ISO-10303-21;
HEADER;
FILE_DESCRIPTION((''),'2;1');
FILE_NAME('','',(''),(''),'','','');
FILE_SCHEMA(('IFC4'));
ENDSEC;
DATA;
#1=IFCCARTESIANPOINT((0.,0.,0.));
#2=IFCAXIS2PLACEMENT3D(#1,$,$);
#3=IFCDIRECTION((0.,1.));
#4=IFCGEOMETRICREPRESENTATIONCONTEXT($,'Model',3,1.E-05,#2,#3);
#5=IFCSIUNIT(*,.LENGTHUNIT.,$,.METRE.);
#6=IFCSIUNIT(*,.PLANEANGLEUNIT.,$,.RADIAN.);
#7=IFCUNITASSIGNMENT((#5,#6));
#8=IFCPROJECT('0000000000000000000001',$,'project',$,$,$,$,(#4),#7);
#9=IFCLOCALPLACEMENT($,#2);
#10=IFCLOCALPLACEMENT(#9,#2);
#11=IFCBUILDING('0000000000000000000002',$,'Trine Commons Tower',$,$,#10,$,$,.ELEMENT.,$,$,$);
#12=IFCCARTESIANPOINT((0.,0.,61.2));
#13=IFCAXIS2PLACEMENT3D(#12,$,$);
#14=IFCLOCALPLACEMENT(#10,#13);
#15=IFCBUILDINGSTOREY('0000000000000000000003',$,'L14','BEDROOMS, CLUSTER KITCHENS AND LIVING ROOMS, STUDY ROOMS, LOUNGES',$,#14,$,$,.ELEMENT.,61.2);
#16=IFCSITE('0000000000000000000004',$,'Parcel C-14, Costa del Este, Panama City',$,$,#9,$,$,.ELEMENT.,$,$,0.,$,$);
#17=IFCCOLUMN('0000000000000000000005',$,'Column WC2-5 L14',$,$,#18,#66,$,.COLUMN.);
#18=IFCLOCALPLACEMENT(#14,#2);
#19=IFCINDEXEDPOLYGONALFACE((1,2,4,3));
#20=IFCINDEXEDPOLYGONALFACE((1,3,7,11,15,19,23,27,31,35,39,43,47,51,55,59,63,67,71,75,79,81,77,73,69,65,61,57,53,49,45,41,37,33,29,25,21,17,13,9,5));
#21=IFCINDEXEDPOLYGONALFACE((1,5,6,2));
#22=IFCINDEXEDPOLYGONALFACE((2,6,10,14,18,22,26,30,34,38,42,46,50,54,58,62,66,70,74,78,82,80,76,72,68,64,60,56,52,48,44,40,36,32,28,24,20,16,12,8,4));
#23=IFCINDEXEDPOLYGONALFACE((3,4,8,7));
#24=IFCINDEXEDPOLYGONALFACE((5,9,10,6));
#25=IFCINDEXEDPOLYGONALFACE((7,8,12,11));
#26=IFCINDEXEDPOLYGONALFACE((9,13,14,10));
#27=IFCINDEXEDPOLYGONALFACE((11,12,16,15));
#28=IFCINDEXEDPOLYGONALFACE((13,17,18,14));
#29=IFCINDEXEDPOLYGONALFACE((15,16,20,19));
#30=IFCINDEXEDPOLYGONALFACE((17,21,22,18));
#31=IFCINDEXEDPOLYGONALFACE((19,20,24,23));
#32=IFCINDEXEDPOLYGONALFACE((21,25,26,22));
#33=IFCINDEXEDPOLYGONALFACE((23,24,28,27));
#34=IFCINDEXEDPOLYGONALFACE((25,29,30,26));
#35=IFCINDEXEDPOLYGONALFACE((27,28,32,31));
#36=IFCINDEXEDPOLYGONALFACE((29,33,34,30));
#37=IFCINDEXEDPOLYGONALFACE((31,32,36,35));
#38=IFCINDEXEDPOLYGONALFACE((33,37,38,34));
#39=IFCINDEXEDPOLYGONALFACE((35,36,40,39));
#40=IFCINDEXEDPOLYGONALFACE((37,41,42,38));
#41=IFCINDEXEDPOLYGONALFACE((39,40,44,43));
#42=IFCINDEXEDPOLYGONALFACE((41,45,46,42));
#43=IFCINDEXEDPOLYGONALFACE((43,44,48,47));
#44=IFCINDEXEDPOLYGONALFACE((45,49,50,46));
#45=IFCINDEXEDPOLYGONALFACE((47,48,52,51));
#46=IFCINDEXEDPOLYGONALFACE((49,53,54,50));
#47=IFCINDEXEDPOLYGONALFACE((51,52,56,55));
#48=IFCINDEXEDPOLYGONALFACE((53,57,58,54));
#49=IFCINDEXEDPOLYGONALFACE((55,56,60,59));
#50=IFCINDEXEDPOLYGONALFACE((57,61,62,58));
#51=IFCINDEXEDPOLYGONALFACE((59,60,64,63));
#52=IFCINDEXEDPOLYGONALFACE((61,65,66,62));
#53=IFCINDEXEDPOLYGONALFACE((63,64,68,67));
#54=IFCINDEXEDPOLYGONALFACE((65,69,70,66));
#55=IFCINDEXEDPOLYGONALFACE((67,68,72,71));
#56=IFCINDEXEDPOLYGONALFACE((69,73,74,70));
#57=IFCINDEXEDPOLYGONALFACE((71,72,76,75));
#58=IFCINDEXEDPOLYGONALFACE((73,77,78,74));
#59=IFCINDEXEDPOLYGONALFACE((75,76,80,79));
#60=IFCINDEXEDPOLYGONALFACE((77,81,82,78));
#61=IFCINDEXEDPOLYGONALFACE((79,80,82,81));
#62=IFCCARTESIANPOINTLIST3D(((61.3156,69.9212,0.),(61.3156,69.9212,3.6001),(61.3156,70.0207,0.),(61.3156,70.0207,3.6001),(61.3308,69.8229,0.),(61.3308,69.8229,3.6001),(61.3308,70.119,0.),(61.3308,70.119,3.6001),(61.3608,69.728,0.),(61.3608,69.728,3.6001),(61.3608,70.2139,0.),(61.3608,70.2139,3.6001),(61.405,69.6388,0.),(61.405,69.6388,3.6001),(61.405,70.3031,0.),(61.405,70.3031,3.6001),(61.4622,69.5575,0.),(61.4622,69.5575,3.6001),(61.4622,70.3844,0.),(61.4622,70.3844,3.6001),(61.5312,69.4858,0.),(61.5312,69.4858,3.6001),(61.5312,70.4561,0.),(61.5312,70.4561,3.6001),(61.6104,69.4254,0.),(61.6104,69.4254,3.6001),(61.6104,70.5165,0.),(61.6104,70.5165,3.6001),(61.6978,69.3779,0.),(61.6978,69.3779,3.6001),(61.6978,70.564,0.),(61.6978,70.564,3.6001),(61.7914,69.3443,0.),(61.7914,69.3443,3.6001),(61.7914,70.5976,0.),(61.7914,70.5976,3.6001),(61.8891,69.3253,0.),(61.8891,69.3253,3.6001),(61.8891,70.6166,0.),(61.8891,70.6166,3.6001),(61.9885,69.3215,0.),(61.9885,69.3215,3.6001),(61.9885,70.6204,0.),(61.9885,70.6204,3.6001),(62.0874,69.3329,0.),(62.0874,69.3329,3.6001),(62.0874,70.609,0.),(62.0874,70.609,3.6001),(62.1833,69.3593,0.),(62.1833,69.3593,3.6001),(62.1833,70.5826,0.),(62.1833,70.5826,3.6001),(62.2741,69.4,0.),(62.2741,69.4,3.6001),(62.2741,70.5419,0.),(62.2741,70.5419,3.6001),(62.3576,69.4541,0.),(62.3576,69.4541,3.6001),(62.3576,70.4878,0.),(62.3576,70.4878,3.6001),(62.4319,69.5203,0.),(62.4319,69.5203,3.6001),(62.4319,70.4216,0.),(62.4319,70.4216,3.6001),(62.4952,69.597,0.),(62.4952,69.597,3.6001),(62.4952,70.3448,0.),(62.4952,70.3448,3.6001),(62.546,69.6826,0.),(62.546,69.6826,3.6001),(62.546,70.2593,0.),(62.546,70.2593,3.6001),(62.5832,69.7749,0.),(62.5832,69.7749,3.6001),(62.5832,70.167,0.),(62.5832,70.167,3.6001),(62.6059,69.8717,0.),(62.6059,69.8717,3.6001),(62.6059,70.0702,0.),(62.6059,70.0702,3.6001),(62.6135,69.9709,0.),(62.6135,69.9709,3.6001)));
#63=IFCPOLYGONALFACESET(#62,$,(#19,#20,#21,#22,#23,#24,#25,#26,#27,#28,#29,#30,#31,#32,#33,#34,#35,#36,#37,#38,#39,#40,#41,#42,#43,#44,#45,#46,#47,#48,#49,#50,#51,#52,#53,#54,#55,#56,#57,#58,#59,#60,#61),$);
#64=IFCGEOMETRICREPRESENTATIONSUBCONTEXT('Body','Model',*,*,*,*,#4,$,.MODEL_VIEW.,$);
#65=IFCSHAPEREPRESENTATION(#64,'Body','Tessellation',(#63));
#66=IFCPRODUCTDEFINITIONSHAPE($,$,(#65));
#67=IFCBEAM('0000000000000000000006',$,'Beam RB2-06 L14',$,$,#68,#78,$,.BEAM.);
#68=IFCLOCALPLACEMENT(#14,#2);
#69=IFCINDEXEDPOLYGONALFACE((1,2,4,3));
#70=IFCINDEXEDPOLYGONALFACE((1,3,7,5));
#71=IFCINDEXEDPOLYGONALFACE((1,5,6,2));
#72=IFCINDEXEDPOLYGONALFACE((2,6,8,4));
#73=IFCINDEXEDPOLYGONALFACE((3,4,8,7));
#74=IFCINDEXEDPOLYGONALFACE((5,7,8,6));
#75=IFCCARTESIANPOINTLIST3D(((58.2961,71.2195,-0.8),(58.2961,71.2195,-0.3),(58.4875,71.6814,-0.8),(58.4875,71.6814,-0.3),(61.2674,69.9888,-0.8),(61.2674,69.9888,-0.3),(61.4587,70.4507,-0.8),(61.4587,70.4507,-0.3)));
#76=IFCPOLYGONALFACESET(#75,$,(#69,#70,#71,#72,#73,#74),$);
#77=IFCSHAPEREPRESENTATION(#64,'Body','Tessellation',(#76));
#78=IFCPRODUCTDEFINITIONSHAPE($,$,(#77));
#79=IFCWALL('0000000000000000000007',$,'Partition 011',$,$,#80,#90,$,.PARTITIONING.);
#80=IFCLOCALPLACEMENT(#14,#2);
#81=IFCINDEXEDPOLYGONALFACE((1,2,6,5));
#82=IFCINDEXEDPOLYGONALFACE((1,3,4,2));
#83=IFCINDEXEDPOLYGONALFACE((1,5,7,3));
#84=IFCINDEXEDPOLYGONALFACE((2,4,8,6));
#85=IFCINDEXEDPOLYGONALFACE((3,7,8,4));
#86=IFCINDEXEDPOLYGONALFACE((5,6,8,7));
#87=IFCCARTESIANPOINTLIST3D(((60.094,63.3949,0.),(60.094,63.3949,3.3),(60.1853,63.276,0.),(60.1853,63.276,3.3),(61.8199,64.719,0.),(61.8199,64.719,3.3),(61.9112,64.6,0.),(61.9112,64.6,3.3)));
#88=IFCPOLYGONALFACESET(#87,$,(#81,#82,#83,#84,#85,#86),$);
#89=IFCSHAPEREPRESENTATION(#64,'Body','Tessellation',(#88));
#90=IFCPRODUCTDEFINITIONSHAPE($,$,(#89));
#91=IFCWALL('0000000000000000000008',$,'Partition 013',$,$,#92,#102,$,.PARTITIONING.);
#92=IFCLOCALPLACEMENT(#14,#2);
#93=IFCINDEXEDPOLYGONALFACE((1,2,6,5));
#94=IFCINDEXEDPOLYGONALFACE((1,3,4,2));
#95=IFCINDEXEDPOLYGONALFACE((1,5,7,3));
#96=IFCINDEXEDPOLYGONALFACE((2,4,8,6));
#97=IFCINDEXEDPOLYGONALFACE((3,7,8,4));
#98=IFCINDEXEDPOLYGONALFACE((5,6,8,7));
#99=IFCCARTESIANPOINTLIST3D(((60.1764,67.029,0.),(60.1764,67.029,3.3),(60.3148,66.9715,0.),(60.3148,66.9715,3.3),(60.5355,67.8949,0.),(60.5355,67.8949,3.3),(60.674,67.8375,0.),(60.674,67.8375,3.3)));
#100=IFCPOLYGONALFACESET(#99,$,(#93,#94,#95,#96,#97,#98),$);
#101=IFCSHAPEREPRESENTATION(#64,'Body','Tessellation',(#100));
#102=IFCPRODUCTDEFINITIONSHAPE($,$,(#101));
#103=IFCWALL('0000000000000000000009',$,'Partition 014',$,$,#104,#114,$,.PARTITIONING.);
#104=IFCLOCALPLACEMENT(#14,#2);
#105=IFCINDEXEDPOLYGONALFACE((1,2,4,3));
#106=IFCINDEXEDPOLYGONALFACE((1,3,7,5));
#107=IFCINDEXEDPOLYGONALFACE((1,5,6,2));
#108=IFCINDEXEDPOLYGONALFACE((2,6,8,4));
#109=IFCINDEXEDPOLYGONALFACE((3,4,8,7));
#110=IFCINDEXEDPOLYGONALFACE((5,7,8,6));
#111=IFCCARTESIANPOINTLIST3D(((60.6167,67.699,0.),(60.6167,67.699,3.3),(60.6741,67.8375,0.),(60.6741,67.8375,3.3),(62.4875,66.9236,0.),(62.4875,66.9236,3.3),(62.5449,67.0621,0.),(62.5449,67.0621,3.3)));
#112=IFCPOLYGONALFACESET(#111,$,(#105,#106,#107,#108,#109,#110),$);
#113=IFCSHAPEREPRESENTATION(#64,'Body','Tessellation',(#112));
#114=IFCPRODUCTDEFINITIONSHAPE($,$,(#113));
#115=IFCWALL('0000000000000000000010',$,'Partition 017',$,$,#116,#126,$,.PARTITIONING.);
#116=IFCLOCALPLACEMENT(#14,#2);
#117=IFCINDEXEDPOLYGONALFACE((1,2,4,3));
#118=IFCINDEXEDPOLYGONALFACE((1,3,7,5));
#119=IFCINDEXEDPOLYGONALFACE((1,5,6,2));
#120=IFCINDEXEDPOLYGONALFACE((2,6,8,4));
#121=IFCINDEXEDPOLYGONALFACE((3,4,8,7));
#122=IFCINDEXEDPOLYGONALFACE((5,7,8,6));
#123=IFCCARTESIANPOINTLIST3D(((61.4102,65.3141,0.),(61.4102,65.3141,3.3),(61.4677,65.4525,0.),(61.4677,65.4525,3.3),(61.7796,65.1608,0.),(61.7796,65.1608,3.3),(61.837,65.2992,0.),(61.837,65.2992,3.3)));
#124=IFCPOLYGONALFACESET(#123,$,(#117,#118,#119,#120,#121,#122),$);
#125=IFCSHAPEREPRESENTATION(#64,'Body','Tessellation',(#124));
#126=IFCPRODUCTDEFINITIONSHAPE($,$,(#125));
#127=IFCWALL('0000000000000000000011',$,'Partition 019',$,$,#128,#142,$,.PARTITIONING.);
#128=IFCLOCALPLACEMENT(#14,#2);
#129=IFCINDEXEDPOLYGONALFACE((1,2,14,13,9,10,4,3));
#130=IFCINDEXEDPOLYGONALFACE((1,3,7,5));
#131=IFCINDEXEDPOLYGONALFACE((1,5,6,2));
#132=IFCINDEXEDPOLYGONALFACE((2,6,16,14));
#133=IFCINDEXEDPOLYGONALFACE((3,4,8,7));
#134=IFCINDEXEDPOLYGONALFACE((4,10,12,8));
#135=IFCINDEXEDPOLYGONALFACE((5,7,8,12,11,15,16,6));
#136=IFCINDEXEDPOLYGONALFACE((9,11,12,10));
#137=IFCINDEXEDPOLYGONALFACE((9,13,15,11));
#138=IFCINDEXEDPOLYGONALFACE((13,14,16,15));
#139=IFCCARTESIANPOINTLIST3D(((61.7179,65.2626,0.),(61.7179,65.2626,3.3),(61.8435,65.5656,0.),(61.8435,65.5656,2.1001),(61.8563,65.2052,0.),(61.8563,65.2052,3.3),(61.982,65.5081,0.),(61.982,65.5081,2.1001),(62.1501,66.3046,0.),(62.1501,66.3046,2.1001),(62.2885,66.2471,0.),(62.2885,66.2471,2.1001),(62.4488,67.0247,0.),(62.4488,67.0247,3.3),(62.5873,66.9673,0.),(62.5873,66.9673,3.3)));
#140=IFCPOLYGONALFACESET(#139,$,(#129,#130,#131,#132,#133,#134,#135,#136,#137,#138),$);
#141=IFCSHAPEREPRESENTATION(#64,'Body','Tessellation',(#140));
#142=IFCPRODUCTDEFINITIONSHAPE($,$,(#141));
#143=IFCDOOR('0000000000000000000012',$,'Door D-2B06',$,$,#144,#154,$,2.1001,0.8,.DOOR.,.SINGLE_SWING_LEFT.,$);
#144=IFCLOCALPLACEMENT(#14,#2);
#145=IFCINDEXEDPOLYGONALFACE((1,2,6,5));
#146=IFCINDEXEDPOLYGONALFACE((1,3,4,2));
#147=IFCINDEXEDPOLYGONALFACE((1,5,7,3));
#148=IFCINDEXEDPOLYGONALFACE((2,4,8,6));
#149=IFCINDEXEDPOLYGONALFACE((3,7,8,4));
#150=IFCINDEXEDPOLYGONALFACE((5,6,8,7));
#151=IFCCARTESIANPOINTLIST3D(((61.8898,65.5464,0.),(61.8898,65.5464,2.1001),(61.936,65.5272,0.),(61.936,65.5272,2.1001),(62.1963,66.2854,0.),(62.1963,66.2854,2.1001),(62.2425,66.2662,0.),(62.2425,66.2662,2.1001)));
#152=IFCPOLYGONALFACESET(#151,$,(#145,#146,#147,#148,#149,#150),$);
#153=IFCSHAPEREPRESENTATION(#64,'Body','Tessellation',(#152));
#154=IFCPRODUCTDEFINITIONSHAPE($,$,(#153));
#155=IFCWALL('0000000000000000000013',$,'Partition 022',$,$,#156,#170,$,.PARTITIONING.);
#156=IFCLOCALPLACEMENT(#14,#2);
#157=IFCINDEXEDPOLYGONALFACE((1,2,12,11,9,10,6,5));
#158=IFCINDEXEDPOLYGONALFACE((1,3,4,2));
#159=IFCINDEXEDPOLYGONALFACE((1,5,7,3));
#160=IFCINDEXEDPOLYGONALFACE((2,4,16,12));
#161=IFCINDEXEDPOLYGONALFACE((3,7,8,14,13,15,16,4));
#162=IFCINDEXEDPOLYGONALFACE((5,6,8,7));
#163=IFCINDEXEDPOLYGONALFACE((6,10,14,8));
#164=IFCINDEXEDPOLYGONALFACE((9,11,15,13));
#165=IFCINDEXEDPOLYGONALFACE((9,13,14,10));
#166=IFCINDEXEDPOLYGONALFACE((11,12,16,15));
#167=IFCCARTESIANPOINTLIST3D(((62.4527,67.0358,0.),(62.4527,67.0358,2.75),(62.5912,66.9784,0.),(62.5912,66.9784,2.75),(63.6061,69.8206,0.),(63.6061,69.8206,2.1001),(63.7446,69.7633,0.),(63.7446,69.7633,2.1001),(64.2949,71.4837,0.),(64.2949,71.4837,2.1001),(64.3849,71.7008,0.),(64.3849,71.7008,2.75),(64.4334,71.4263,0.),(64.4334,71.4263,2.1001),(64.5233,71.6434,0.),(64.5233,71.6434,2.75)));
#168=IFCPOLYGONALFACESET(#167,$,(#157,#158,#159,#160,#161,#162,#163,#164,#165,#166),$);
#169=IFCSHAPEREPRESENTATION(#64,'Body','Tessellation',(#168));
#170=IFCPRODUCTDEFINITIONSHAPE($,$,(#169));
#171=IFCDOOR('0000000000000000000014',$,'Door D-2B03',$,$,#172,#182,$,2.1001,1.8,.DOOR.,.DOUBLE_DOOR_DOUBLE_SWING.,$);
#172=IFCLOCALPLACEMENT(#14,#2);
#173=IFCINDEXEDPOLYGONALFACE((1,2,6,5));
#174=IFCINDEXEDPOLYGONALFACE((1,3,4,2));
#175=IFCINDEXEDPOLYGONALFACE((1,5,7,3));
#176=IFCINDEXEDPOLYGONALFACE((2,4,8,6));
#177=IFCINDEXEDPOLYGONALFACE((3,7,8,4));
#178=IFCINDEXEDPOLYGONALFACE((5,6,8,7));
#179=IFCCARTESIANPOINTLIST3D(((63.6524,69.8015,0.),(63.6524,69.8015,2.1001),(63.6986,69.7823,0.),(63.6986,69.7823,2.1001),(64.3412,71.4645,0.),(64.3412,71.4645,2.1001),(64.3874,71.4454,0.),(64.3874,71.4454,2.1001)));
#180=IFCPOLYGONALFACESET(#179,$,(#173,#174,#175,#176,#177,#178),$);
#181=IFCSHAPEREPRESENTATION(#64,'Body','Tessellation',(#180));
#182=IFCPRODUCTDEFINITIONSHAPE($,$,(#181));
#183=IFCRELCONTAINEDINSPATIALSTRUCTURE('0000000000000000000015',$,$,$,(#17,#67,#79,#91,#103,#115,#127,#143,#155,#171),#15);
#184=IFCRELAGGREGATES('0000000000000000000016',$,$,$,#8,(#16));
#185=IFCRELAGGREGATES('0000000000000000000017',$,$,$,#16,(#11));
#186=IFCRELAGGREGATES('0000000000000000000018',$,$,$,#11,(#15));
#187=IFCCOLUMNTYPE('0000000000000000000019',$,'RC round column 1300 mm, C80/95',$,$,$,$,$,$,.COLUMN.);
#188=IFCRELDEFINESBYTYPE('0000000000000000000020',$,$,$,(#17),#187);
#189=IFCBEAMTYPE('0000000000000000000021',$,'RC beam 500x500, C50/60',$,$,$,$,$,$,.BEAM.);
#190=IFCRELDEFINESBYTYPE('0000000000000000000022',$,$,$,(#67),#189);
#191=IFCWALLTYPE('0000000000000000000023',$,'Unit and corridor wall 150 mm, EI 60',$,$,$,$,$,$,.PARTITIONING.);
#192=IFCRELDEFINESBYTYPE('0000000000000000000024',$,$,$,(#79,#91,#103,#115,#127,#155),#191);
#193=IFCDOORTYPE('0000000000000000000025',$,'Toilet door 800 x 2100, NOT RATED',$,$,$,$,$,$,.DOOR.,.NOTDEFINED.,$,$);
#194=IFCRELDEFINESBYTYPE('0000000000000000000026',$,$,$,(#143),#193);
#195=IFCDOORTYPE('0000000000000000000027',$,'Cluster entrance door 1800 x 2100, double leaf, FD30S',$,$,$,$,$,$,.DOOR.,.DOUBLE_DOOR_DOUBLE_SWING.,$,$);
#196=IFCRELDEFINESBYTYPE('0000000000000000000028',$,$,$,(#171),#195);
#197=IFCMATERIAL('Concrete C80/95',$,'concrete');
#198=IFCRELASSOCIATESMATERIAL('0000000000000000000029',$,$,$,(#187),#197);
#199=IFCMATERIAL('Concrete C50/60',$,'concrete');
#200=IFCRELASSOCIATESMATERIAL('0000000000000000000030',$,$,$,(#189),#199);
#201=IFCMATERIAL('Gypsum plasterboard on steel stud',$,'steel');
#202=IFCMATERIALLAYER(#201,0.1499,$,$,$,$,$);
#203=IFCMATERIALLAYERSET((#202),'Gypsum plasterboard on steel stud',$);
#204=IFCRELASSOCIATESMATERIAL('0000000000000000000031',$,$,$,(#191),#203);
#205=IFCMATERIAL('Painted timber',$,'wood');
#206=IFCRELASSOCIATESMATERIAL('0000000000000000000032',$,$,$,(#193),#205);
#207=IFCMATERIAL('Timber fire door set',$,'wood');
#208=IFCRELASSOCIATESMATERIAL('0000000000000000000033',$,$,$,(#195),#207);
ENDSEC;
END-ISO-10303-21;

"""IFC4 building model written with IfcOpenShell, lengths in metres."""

from ifc_helpers import new_model, si_unit, direction, frame, frame_2d, origin, origin_2d, place, context, subcontext, project, spatial, rectangle, circle, extrude, material, layer, layer_set, material_profile, profile_set, type_object, element, fill, save


model = new_model("IFC4")

# Units and contexts
model_context = context("Model", 3, precision=1e-05, world=origin(), true_north=direction((0.0, 1.0)))
body_context = subcontext(model_context, "Body", "Model", "MODEL_VIEW")
ifc_project = project(units=[si_unit("LENGTHUNIT", "METRE"), si_unit("PLANEANGLEUNIT", "RADIAN")], contexts=[model_context])

# Site, building, storey
site_placement = place(None, origin())
site = spatial("IfcSite", under=ifc_project, at=site_placement, Name="Parcel C-14, Costa del Este, Panama City", CompositionType="ELEMENT", RefElevation=0.0)
building_placement = place(site_placement, origin())
building = spatial("IfcBuilding", under=site, at=building_placement, Name="Trine Commons Tower", CompositionType="ELEMENT")
storey_placement = place(building_placement, frame((0.0, 0.0, 61.2)))
storey = spatial("IfcBuildingStorey", under=building, at=storey_placement, Name="L14", Description="BEDROOMS, CLUSTER KITCHENS AND LIVING ROOMS, STUDY ROOMS, LOUNGES", CompositionType="ELEMENT", Elevation=61.2)

# Column
ifc_material_1 = material(Name="Concrete C80/95", Category="concrete")
ifc_material_profile_1 = material_profile(ifc_material_1, circle(Radius=0.6499, at=origin_2d()), Name="RC round 1300")
ifc_profile_set_1 = profile_set([ifc_material_profile_1], Name="Concrete C80/95")
column_type = type_object("IfcColumnType", Name="RC round column 1300 mm, C80/95", PredefinedType="COLUMN", material=ifc_profile_set_1)
column_placement = place(storey_placement, frame((61.9636, 69.9709, 0.0), z_axis=(0.0, 0.0, 1.0), x_axis=(1.0, 0.0, 0.0)))
element("IfcColumn", 1, at=column_placement, inside=storey, type_object=column_type, Name="Column WC2-5 L14", PredefinedType="COLUMN", context=body_context, shape_type="SweptSolid", body=[
    extrude(circle(Radius=0.6499, at=origin_2d()), origin(), (0.0, 0.0, 1.0), 3.6001),
])

# Beam
ifc_material_2 = material(Name="Concrete C50/60", Category="concrete")
ifc_material_profile_2 = material_profile(ifc_material_2, rectangle(XDim=0.5, YDim=0.5, at=origin_2d()), Name="RC 500x500")
ifc_profile_set_2 = profile_set([ifc_material_profile_2], Name="Concrete C50/60")
beam_type = type_object("IfcBeamType", Name="RC beam 500x500, C50/60", PredefinedType="BEAM", material=ifc_profile_set_2)
beam_placement = place(storey_placement, frame((61.363, 70.2197, -0.55), z_axis=(-0.923879, 0.382685, 0.0), x_axis=(-0.382685, -0.923879, 0.0)))
element("IfcBeam", 2, at=beam_placement, inside=storey, type_object=beam_type, Name="Beam RB2-06 L14", PredefinedType="BEAM", context=body_context, shape_type="SweptSolid", body=[
    extrude(rectangle(XDim=0.5, YDim=0.5, at=origin_2d()), origin(), (0.0, 0.0, 1.0), 3.2161),
])

# Walls
ifc_material_3 = material(Name="Gypsum plasterboard on steel stud", Category="steel")
ifc_layer_1 = layer(ifc_material_3, 0.1499)
ifc_layer_set_1 = layer_set([ifc_layer_1], Name="Gypsum plasterboard on steel stud")
wall_type_1 = type_object("IfcWallType", Name="Unit and corridor wall 150 mm, EI 60", PredefinedType="PARTITIONING", material=ifc_layer_set_1)
wall_1_placement = place(storey_placement, frame((60.1396, 63.3354, 0.0), z_axis=(0.0, 0.0, 1.0), x_axis=(0.79342, 0.608674, 0.0)))
element("IfcWall", 3, at=wall_1_placement, inside=storey, type_object=wall_type_1, Name="Partition 011", PredefinedType="PARTITIONING", context=body_context, shape_type="SweptSolid", body=[
    extrude(rectangle(XDim=2.1753, YDim=0.1499, at=frame_2d((1.0876, 0.0))), origin(), (0.0, 0.0, 1.0), 3.3),
])
wall_2_placement = place(storey_placement, frame((60.2456, 67.0002, 0.0), z_axis=(0.0, 0.0, 1.0), x_axis=(0.38308, 0.923715, 0.0)))
element("IfcWall", 4, at=wall_2_placement, inside=storey, type_object=wall_type_1, Name="Partition 013", PredefinedType="PARTITIONING", context=body_context, shape_type="SweptSolid", body=[
    extrude(rectangle(XDim=0.9375, YDim=0.1499, at=frame_2d((0.4688, 0.0))), origin(), (0.0, 0.0, 1.0), 3.3),
])
wall_3_placement = place(storey_placement, frame((60.6453, 67.7683, 0.0), z_axis=(0.0, 0.0, 1.0), x_axis=(0.923799, -0.382877, 0.0)))
element("IfcWall", 5, at=wall_3_placement, inside=storey, type_object=wall_type_1, Name="Partition 014", PredefinedType="PARTITIONING", context=body_context, shape_type="SweptSolid", body=[
    extrude(rectangle(XDim=2.0251, YDim=0.1499, at=frame_2d((1.0127, 0.0))), origin(), (0.0, 0.0, 1.0), 3.3),
])
wall_4_placement = place(storey_placement, frame((61.439, 65.3833, 0.0), z_axis=(0.0, 0.0, 1.0), x_axis=(0.9236, -0.383358, 0.0)))
element("IfcWall", 6, at=wall_4_placement, inside=storey, type_object=wall_type_1, Name="Partition 017", PredefinedType="PARTITIONING", context=body_context, shape_type="SweptSolid", body=[
    extrude(rectangle(XDim=0.3999, YDim=0.1499, at=frame_2d((0.2, 0.0))), origin(), (0.0, 0.0, 1.0), 3.3),
])

# Walls, openings, doors
wall_5_placement = place(storey_placement, frame((61.7871, 65.2339, 0.0), z_axis=(0.0, 0.0, 1.0), x_axis=(0.383143, 0.923689, 0.0)))
wall_5 = element("IfcWall", 7, at=wall_5_placement, inside=storey, type_object=wall_type_1, Name="Partition 019", PredefinedType="PARTITIONING", context=body_context, shape_type="SweptSolid", body=[
    extrude(rectangle(XDim=1.9077, YDim=0.1499, at=frame_2d((0.9539, 0.0))), origin(), (0.0, 0.0, 1.0), 3.3),
])
opening_1_placement = place(wall_5_placement, frame((0.3281, 0.0, 0.0)))
opening_1 = element("IfcOpeningElement", 8, at=opening_1_placement, cuts=wall_5, PredefinedType="OPENING", context=body_context, shape_type="SweptSolid", body=[
    extrude(rectangle(XDim=0.8, YDim=2.1001, at=frame_2d((0.3999, 1.05))), frame((0.0, 0.085, 0.0), z_axis=(0.0, -1.0, 0.0), x_axis=(1.0, 0.0, 0.0)), (0.0, 0.0, 1.0), 0.1699),
])
ifc_material_4 = material(Name="Painted timber", Category="wood")
door_type_1 = type_object("IfcDoorType", Name="Toilet door 800 x 2100, NOT RATED", OperationType="NOTDEFINED", PredefinedType="DOOR", material=ifc_material_4)
door_1_placement = place(opening_1_placement, origin())
door_1 = element("IfcDoor", 9, at=door_1_placement, inside=storey, type_object=door_type_1, Name="Door D-2B06", OperationType="SINGLE_SWING_LEFT", OverallHeight=2.1001, OverallWidth=0.8, PredefinedType="DOOR", context=body_context, shape_type="SweptSolid", body=[
    extrude(rectangle(XDim=0.8, YDim=2.1001, at=frame_2d((0.3999, 1.05))), frame((0.0, 0.0249, 0.0), z_axis=(0.0, -1.0, 0.0), x_axis=(1.0, 0.0, 0.0)), (0.0, 0.0, 1.0), 0.05),
])
fill(opening_1, door_1)
wall_6_placement = place(storey_placement, frame((62.522, 67.0071, 0.0), z_axis=(0.0, 0.0, 1.0), x_axis=(0.382651, 0.923893, 0.0)))
wall_6 = element("IfcWall", 10, at=wall_6_placement, inside=storey, type_object=wall_type_1, Name="Partition 022", PredefinedType="PARTITIONING", context=body_context, shape_type="SweptSolid", body=[
    extrude(rectangle(XDim=5.0493, YDim=0.1499, at=frame_2d((2.5247, 0.0))), origin(), (0.0, 0.0, 1.0), 2.75),
])
opening_2_placement = place(wall_6_placement, frame((3.0144, 0.0, 0.0)))
opening_2 = element("IfcOpeningElement", 11, at=opening_2_placement, cuts=wall_6, PredefinedType="OPENING", context=body_context, shape_type="SweptSolid", body=[
    extrude(rectangle(XDim=1.8, YDim=2.1001, at=frame_2d((0.8999, 1.05))), frame((0.0, 0.085, 0.0), z_axis=(0.0, -1.0, 0.0), x_axis=(1.0, 0.0, 0.0)), (0.0, 0.0, 1.0), 0.1699),
])
ifc_material_5 = material(Name="Timber fire door set", Category="wood")
door_type_2 = type_object("IfcDoorType", Name="Cluster entrance door 1800 x 2100, double leaf, FD30S", OperationType="DOUBLE_DOOR_DOUBLE_SWING", PredefinedType="DOOR", material=ifc_material_5)
door_2_placement = place(opening_2_placement, origin())
door_2 = element("IfcDoor", 12, at=door_2_placement, inside=storey, type_object=door_type_2, Name="Door D-2B03", OperationType="DOUBLE_DOOR_DOUBLE_SWING", OverallHeight=2.1001, OverallWidth=1.8, PredefinedType="DOOR", context=body_context, shape_type="SweptSolid", body=[
    extrude(rectangle(XDim=1.8, YDim=2.1001, at=frame_2d((0.8999, 1.05))), frame((0.0, 0.0249, 0.0), z_axis=(0.0, -1.0, 0.0), x_axis=(1.0, 0.0, 0.0)), (0.0, 0.0, 1.0), 0.05),
])
fill(opening_2, door_2)

save(model, "model.ifc")
